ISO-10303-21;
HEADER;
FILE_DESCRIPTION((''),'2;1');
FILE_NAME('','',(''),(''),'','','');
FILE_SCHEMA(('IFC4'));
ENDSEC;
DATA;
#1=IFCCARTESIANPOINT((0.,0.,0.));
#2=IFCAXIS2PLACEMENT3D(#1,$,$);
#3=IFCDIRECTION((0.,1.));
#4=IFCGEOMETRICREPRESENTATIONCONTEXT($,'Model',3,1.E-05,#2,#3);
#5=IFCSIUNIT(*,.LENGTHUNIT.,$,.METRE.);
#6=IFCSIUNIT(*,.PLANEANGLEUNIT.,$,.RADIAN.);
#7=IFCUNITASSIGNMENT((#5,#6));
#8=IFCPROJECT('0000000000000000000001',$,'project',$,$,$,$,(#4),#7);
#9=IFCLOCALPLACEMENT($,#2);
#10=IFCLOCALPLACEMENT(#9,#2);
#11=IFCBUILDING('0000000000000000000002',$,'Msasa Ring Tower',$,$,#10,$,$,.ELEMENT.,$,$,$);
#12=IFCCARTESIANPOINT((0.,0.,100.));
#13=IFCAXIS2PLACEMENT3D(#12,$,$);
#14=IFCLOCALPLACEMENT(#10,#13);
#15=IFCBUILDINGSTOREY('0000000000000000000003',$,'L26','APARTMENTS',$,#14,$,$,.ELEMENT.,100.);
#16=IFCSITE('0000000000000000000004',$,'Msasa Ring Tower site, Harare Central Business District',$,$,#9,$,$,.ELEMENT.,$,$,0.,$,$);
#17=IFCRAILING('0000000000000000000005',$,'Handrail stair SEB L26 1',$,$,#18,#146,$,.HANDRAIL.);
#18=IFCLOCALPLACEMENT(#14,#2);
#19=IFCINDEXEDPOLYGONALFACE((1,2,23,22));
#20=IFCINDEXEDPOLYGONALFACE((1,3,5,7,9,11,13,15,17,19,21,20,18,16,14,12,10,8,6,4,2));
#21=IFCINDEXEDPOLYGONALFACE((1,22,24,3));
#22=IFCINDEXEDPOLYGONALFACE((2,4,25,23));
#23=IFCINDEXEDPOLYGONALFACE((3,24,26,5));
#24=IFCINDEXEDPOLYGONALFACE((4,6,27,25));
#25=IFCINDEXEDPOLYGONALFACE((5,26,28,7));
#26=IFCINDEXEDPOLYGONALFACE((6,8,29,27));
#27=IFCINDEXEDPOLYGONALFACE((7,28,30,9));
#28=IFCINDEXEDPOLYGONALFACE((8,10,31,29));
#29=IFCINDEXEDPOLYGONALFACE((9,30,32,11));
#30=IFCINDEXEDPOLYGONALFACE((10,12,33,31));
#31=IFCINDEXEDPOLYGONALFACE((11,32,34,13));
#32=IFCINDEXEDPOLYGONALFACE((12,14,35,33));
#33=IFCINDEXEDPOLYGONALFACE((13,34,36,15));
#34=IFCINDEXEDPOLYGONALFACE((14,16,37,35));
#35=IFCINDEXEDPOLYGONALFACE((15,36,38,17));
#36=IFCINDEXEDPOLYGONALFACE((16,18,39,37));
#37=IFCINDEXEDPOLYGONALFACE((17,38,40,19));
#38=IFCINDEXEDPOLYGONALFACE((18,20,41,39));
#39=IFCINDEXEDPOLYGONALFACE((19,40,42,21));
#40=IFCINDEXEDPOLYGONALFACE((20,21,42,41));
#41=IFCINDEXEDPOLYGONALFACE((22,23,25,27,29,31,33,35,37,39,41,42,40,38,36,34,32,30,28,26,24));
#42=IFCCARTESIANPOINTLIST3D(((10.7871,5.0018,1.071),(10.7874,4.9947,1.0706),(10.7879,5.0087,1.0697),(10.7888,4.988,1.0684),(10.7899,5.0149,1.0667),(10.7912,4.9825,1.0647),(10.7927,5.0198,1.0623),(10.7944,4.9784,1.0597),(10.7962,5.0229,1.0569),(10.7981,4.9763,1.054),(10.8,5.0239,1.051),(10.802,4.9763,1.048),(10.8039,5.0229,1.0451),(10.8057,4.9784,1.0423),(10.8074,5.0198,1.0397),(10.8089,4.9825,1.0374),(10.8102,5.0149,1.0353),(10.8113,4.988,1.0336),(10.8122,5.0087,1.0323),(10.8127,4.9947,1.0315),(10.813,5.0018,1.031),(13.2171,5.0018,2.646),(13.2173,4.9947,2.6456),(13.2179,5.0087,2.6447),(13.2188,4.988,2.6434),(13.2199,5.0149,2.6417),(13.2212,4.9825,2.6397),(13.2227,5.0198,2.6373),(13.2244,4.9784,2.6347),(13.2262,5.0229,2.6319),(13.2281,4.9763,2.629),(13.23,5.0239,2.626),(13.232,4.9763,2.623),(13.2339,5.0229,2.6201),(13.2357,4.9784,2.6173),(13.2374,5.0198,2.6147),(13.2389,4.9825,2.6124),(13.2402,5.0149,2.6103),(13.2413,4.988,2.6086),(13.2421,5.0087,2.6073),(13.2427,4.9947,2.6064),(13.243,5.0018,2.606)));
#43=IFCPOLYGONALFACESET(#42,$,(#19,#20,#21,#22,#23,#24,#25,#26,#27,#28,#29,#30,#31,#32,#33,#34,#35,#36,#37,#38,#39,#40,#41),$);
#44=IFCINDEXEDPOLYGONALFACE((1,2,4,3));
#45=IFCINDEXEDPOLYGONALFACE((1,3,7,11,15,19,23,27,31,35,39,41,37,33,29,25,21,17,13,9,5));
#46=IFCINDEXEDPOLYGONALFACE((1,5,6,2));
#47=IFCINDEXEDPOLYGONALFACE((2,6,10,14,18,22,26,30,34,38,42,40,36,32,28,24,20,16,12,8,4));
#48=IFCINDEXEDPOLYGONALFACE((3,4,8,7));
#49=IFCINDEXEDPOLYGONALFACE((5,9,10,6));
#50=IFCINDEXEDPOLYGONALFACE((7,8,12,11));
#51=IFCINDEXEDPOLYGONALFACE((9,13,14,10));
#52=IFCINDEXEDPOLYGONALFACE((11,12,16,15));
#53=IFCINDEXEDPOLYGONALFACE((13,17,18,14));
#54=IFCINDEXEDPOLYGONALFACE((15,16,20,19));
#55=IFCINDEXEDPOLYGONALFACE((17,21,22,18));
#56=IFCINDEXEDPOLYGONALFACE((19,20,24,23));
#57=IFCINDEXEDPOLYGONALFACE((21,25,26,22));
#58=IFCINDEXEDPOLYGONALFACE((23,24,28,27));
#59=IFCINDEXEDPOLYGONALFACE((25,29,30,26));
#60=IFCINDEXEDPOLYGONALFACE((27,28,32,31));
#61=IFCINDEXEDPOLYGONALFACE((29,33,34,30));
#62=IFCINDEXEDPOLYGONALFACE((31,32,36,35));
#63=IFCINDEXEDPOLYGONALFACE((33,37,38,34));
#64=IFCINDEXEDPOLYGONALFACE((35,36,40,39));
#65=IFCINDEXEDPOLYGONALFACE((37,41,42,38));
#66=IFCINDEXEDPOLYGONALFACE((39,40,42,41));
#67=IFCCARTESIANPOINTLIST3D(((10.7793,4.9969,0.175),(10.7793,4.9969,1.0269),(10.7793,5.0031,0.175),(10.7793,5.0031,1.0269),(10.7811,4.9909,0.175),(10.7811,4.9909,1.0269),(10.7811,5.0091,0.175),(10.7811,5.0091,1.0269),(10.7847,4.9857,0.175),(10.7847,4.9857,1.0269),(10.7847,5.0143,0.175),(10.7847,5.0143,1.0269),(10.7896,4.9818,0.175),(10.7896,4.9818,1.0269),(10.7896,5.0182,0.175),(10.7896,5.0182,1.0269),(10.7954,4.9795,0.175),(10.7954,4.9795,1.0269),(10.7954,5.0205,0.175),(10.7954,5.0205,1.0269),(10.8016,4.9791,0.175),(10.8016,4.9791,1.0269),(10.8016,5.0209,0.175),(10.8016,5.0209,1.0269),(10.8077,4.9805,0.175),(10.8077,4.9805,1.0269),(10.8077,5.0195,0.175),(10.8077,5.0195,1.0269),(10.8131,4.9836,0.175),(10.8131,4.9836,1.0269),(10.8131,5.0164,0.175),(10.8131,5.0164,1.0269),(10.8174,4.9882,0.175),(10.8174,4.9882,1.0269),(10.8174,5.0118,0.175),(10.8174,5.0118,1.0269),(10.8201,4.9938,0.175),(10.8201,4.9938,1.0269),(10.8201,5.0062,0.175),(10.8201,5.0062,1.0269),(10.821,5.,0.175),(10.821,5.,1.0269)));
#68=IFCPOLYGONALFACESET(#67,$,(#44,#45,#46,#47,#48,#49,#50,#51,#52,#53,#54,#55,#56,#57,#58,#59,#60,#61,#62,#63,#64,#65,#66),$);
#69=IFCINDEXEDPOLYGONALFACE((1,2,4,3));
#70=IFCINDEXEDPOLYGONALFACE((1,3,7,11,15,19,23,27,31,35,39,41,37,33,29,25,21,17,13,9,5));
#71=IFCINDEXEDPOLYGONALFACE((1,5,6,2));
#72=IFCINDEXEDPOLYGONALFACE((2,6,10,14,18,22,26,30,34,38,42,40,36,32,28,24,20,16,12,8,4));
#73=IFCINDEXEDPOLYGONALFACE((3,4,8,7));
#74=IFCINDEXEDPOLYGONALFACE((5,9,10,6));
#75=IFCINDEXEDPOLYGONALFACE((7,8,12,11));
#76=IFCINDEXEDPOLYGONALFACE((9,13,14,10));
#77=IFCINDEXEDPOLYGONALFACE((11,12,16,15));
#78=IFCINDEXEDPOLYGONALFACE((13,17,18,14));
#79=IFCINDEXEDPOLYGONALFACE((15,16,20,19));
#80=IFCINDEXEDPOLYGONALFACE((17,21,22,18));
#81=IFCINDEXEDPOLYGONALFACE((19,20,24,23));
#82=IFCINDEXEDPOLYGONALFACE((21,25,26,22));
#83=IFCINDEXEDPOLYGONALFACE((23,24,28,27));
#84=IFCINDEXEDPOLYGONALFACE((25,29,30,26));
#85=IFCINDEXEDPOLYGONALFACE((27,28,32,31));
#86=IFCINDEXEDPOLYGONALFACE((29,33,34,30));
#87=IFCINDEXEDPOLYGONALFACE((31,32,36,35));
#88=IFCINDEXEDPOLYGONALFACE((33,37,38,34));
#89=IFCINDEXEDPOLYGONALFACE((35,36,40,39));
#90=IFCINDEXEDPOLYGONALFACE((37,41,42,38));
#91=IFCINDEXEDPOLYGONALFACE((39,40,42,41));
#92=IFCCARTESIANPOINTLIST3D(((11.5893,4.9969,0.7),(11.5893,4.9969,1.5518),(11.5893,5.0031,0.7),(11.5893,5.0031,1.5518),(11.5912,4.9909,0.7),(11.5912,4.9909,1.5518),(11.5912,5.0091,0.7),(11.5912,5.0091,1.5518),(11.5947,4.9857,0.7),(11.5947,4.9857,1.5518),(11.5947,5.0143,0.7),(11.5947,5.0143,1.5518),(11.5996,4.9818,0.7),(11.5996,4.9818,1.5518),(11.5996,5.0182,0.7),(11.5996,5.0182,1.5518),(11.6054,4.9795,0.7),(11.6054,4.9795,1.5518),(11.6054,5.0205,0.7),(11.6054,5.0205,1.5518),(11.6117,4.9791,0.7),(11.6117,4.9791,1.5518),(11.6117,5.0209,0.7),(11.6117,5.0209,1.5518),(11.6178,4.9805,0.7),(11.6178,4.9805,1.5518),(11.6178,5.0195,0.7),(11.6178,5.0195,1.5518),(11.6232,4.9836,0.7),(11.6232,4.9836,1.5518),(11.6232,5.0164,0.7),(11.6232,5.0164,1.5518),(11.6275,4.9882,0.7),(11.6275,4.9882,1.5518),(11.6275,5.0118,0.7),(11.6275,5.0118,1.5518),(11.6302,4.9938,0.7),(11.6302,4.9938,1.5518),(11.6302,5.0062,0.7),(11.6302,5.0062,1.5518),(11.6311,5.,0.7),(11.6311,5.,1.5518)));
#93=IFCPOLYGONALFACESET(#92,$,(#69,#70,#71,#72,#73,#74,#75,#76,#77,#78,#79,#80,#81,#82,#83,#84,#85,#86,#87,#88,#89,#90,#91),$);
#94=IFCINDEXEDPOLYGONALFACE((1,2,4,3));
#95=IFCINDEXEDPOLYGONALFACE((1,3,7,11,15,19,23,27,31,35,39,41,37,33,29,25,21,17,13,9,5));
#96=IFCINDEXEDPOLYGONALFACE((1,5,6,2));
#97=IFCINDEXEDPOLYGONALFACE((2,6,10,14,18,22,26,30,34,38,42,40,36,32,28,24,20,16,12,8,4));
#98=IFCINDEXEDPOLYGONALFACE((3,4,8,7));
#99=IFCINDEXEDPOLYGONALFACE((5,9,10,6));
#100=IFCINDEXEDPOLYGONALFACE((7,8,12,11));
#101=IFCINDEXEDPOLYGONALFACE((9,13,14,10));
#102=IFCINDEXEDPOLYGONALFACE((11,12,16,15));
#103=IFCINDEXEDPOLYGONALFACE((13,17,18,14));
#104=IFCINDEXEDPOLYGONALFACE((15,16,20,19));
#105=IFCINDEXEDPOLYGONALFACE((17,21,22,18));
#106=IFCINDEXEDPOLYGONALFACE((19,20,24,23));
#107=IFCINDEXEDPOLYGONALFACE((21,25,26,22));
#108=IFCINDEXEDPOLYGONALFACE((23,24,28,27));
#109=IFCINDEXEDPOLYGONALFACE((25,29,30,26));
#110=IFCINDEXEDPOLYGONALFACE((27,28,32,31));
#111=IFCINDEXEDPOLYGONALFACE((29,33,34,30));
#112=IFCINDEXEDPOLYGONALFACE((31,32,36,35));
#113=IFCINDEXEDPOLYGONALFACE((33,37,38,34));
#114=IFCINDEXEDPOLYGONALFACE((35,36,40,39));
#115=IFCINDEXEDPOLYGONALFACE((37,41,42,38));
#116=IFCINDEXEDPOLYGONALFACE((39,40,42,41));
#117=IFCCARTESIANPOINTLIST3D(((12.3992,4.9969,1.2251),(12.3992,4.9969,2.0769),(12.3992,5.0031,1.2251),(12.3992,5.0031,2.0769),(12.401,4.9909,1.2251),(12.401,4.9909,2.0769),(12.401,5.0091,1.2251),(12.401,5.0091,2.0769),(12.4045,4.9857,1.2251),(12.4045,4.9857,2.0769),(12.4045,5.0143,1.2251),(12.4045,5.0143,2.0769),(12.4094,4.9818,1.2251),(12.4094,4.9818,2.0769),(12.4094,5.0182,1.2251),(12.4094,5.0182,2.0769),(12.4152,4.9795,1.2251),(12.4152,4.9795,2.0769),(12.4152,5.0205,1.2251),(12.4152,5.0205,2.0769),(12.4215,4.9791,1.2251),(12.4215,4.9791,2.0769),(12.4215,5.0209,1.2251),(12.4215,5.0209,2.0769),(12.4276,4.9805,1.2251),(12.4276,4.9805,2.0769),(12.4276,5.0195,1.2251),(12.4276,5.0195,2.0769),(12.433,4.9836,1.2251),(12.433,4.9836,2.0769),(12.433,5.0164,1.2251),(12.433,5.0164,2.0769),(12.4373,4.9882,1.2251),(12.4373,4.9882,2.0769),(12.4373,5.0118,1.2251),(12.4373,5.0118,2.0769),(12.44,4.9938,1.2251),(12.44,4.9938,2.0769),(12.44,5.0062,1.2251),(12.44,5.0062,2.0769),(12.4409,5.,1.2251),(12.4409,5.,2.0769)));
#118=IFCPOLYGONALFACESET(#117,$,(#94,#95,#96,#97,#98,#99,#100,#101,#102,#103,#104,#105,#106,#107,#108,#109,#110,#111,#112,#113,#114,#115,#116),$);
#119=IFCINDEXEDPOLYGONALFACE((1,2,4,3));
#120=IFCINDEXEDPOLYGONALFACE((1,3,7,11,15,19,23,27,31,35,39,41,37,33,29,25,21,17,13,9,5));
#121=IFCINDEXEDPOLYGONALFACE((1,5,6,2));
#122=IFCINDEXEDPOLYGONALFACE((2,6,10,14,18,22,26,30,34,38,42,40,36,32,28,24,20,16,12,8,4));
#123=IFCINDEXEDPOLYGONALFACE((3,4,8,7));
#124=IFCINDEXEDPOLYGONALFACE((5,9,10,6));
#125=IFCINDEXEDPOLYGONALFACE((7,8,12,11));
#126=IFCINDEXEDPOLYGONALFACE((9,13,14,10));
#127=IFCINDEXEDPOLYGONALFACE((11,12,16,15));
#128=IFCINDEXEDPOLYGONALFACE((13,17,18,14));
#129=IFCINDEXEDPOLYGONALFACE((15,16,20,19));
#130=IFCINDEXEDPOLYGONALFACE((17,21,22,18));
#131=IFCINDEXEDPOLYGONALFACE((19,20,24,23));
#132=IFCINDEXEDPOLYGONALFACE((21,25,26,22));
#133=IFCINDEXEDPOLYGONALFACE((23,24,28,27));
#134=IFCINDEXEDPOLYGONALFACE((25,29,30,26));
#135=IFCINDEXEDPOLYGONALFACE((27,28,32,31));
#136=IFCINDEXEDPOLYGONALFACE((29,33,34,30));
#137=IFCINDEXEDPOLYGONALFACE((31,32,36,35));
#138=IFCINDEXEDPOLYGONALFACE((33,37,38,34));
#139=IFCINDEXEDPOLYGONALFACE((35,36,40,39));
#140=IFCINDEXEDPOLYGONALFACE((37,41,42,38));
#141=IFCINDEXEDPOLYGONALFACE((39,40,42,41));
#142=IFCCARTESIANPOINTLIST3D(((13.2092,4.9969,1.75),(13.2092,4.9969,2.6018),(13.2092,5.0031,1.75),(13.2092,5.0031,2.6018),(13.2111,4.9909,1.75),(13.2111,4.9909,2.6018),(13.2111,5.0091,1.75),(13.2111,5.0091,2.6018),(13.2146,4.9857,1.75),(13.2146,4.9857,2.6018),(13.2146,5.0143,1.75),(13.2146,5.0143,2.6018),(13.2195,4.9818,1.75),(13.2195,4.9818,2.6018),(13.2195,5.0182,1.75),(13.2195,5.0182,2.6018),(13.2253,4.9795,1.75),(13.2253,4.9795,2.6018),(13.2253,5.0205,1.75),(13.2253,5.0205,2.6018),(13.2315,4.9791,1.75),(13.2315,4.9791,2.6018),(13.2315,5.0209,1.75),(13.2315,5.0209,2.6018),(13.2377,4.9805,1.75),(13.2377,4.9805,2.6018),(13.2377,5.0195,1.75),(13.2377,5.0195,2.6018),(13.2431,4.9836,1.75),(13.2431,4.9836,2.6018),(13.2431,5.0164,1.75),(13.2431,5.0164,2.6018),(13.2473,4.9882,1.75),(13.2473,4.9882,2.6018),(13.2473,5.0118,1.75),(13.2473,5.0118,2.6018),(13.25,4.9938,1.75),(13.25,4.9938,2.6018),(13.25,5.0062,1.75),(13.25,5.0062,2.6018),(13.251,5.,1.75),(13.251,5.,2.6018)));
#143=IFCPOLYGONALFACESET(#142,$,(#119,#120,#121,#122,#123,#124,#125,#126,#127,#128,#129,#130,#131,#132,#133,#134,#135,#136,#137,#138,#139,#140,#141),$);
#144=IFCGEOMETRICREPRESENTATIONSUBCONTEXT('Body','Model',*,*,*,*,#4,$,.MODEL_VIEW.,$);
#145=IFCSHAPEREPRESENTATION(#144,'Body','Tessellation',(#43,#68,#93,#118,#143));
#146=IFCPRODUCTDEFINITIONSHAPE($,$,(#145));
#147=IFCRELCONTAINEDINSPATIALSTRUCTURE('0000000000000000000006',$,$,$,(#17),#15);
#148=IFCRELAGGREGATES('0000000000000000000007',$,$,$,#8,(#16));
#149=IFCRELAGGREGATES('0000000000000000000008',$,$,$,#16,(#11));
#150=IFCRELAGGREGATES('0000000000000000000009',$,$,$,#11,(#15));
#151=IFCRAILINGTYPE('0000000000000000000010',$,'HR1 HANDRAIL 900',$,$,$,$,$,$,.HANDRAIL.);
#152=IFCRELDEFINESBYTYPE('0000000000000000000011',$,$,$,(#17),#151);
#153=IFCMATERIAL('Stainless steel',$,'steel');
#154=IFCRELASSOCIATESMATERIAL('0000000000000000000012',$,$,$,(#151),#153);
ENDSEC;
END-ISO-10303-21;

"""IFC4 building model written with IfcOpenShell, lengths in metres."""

from ifc_helpers import new_model, si_unit, direction, frame, origin, origin_2d, place, context, subcontext, project, spatial, circle, extrude, material, type_object, element, save


model = new_model("IFC4")

# Units and contexts
model_context = context("Model", 3, precision=1e-05, world=origin(), true_north=direction((0.0, 1.0)))
body_context = subcontext(model_context, "Body", "Model", "MODEL_VIEW")
ifc_project = project(units=[si_unit("LENGTHUNIT", "METRE"), si_unit("PLANEANGLEUNIT", "RADIAN")], contexts=[model_context])

# Site, building, storey
site_placement = place(None, origin())
site = spatial("IfcSite", under=ifc_project, at=site_placement, Name="Msasa Ring Tower site, Harare Central Business District", CompositionType="ELEMENT", RefElevation=0.0)
building_placement = place(site_placement, origin())
building = spatial("IfcBuilding", under=site, at=building_placement, Name="Msasa Ring Tower", CompositionType="ELEMENT")
storey_placement = place(building_placement, frame((0.0, 0.0, 100.0)))
storey = spatial("IfcBuildingStorey", under=building, at=storey_placement, Name="L26", Description="APARTMENTS", CompositionType="ELEMENT", Elevation=100.0)

# Railing
ifc_material_1 = material(Name="Stainless steel", Category="steel")
railing_type = type_object("IfcRailingType", Name="HR1 HANDRAIL 900", PredefinedType="HANDRAIL", material=ifc_material_1)
for number, where, name in (
    (1, (10.8, 5.0, 0.175), "Handrail stair SEB L26 1"),
):
    element("IfcRailing", number, at=place(storey_placement, frame(where)), inside=storey, type_object=railing_type, Name=name, PredefinedType="HANDRAIL", context=body_context, shape_type="SweptSolid", body=[
        extrude(circle(Radius=0.0239, at=origin_2d()), frame((0.0, 0.0, 0.876), z_axis=(0.839154, 0.0, 0.543894), x_axis=(0.0, 1.0, 0.0)), (0.0, 0.0, 1.0), 2.8958),
        extrude(circle(Radius=0.021, at=origin_2d()), origin(), (0.0, 0.0, 1.0), 0.8518),
        extrude(circle(Radius=0.021, at=origin_2d()), frame((0.8101, 0.0, 0.5249)), (0.0, 0.0, 1.0), 0.8518),
        extrude(circle(Radius=0.021, at=origin_2d()), frame((1.6199, 0.0, 1.05)), (0.0, 0.0, 1.0), 0.8518),
        extrude(circle(Radius=0.021, at=origin_2d()), frame((2.4299, 0.0, 1.575)), (0.0, 0.0, 1.0), 0.8518),
    ])

save(model, "model.ifc")
